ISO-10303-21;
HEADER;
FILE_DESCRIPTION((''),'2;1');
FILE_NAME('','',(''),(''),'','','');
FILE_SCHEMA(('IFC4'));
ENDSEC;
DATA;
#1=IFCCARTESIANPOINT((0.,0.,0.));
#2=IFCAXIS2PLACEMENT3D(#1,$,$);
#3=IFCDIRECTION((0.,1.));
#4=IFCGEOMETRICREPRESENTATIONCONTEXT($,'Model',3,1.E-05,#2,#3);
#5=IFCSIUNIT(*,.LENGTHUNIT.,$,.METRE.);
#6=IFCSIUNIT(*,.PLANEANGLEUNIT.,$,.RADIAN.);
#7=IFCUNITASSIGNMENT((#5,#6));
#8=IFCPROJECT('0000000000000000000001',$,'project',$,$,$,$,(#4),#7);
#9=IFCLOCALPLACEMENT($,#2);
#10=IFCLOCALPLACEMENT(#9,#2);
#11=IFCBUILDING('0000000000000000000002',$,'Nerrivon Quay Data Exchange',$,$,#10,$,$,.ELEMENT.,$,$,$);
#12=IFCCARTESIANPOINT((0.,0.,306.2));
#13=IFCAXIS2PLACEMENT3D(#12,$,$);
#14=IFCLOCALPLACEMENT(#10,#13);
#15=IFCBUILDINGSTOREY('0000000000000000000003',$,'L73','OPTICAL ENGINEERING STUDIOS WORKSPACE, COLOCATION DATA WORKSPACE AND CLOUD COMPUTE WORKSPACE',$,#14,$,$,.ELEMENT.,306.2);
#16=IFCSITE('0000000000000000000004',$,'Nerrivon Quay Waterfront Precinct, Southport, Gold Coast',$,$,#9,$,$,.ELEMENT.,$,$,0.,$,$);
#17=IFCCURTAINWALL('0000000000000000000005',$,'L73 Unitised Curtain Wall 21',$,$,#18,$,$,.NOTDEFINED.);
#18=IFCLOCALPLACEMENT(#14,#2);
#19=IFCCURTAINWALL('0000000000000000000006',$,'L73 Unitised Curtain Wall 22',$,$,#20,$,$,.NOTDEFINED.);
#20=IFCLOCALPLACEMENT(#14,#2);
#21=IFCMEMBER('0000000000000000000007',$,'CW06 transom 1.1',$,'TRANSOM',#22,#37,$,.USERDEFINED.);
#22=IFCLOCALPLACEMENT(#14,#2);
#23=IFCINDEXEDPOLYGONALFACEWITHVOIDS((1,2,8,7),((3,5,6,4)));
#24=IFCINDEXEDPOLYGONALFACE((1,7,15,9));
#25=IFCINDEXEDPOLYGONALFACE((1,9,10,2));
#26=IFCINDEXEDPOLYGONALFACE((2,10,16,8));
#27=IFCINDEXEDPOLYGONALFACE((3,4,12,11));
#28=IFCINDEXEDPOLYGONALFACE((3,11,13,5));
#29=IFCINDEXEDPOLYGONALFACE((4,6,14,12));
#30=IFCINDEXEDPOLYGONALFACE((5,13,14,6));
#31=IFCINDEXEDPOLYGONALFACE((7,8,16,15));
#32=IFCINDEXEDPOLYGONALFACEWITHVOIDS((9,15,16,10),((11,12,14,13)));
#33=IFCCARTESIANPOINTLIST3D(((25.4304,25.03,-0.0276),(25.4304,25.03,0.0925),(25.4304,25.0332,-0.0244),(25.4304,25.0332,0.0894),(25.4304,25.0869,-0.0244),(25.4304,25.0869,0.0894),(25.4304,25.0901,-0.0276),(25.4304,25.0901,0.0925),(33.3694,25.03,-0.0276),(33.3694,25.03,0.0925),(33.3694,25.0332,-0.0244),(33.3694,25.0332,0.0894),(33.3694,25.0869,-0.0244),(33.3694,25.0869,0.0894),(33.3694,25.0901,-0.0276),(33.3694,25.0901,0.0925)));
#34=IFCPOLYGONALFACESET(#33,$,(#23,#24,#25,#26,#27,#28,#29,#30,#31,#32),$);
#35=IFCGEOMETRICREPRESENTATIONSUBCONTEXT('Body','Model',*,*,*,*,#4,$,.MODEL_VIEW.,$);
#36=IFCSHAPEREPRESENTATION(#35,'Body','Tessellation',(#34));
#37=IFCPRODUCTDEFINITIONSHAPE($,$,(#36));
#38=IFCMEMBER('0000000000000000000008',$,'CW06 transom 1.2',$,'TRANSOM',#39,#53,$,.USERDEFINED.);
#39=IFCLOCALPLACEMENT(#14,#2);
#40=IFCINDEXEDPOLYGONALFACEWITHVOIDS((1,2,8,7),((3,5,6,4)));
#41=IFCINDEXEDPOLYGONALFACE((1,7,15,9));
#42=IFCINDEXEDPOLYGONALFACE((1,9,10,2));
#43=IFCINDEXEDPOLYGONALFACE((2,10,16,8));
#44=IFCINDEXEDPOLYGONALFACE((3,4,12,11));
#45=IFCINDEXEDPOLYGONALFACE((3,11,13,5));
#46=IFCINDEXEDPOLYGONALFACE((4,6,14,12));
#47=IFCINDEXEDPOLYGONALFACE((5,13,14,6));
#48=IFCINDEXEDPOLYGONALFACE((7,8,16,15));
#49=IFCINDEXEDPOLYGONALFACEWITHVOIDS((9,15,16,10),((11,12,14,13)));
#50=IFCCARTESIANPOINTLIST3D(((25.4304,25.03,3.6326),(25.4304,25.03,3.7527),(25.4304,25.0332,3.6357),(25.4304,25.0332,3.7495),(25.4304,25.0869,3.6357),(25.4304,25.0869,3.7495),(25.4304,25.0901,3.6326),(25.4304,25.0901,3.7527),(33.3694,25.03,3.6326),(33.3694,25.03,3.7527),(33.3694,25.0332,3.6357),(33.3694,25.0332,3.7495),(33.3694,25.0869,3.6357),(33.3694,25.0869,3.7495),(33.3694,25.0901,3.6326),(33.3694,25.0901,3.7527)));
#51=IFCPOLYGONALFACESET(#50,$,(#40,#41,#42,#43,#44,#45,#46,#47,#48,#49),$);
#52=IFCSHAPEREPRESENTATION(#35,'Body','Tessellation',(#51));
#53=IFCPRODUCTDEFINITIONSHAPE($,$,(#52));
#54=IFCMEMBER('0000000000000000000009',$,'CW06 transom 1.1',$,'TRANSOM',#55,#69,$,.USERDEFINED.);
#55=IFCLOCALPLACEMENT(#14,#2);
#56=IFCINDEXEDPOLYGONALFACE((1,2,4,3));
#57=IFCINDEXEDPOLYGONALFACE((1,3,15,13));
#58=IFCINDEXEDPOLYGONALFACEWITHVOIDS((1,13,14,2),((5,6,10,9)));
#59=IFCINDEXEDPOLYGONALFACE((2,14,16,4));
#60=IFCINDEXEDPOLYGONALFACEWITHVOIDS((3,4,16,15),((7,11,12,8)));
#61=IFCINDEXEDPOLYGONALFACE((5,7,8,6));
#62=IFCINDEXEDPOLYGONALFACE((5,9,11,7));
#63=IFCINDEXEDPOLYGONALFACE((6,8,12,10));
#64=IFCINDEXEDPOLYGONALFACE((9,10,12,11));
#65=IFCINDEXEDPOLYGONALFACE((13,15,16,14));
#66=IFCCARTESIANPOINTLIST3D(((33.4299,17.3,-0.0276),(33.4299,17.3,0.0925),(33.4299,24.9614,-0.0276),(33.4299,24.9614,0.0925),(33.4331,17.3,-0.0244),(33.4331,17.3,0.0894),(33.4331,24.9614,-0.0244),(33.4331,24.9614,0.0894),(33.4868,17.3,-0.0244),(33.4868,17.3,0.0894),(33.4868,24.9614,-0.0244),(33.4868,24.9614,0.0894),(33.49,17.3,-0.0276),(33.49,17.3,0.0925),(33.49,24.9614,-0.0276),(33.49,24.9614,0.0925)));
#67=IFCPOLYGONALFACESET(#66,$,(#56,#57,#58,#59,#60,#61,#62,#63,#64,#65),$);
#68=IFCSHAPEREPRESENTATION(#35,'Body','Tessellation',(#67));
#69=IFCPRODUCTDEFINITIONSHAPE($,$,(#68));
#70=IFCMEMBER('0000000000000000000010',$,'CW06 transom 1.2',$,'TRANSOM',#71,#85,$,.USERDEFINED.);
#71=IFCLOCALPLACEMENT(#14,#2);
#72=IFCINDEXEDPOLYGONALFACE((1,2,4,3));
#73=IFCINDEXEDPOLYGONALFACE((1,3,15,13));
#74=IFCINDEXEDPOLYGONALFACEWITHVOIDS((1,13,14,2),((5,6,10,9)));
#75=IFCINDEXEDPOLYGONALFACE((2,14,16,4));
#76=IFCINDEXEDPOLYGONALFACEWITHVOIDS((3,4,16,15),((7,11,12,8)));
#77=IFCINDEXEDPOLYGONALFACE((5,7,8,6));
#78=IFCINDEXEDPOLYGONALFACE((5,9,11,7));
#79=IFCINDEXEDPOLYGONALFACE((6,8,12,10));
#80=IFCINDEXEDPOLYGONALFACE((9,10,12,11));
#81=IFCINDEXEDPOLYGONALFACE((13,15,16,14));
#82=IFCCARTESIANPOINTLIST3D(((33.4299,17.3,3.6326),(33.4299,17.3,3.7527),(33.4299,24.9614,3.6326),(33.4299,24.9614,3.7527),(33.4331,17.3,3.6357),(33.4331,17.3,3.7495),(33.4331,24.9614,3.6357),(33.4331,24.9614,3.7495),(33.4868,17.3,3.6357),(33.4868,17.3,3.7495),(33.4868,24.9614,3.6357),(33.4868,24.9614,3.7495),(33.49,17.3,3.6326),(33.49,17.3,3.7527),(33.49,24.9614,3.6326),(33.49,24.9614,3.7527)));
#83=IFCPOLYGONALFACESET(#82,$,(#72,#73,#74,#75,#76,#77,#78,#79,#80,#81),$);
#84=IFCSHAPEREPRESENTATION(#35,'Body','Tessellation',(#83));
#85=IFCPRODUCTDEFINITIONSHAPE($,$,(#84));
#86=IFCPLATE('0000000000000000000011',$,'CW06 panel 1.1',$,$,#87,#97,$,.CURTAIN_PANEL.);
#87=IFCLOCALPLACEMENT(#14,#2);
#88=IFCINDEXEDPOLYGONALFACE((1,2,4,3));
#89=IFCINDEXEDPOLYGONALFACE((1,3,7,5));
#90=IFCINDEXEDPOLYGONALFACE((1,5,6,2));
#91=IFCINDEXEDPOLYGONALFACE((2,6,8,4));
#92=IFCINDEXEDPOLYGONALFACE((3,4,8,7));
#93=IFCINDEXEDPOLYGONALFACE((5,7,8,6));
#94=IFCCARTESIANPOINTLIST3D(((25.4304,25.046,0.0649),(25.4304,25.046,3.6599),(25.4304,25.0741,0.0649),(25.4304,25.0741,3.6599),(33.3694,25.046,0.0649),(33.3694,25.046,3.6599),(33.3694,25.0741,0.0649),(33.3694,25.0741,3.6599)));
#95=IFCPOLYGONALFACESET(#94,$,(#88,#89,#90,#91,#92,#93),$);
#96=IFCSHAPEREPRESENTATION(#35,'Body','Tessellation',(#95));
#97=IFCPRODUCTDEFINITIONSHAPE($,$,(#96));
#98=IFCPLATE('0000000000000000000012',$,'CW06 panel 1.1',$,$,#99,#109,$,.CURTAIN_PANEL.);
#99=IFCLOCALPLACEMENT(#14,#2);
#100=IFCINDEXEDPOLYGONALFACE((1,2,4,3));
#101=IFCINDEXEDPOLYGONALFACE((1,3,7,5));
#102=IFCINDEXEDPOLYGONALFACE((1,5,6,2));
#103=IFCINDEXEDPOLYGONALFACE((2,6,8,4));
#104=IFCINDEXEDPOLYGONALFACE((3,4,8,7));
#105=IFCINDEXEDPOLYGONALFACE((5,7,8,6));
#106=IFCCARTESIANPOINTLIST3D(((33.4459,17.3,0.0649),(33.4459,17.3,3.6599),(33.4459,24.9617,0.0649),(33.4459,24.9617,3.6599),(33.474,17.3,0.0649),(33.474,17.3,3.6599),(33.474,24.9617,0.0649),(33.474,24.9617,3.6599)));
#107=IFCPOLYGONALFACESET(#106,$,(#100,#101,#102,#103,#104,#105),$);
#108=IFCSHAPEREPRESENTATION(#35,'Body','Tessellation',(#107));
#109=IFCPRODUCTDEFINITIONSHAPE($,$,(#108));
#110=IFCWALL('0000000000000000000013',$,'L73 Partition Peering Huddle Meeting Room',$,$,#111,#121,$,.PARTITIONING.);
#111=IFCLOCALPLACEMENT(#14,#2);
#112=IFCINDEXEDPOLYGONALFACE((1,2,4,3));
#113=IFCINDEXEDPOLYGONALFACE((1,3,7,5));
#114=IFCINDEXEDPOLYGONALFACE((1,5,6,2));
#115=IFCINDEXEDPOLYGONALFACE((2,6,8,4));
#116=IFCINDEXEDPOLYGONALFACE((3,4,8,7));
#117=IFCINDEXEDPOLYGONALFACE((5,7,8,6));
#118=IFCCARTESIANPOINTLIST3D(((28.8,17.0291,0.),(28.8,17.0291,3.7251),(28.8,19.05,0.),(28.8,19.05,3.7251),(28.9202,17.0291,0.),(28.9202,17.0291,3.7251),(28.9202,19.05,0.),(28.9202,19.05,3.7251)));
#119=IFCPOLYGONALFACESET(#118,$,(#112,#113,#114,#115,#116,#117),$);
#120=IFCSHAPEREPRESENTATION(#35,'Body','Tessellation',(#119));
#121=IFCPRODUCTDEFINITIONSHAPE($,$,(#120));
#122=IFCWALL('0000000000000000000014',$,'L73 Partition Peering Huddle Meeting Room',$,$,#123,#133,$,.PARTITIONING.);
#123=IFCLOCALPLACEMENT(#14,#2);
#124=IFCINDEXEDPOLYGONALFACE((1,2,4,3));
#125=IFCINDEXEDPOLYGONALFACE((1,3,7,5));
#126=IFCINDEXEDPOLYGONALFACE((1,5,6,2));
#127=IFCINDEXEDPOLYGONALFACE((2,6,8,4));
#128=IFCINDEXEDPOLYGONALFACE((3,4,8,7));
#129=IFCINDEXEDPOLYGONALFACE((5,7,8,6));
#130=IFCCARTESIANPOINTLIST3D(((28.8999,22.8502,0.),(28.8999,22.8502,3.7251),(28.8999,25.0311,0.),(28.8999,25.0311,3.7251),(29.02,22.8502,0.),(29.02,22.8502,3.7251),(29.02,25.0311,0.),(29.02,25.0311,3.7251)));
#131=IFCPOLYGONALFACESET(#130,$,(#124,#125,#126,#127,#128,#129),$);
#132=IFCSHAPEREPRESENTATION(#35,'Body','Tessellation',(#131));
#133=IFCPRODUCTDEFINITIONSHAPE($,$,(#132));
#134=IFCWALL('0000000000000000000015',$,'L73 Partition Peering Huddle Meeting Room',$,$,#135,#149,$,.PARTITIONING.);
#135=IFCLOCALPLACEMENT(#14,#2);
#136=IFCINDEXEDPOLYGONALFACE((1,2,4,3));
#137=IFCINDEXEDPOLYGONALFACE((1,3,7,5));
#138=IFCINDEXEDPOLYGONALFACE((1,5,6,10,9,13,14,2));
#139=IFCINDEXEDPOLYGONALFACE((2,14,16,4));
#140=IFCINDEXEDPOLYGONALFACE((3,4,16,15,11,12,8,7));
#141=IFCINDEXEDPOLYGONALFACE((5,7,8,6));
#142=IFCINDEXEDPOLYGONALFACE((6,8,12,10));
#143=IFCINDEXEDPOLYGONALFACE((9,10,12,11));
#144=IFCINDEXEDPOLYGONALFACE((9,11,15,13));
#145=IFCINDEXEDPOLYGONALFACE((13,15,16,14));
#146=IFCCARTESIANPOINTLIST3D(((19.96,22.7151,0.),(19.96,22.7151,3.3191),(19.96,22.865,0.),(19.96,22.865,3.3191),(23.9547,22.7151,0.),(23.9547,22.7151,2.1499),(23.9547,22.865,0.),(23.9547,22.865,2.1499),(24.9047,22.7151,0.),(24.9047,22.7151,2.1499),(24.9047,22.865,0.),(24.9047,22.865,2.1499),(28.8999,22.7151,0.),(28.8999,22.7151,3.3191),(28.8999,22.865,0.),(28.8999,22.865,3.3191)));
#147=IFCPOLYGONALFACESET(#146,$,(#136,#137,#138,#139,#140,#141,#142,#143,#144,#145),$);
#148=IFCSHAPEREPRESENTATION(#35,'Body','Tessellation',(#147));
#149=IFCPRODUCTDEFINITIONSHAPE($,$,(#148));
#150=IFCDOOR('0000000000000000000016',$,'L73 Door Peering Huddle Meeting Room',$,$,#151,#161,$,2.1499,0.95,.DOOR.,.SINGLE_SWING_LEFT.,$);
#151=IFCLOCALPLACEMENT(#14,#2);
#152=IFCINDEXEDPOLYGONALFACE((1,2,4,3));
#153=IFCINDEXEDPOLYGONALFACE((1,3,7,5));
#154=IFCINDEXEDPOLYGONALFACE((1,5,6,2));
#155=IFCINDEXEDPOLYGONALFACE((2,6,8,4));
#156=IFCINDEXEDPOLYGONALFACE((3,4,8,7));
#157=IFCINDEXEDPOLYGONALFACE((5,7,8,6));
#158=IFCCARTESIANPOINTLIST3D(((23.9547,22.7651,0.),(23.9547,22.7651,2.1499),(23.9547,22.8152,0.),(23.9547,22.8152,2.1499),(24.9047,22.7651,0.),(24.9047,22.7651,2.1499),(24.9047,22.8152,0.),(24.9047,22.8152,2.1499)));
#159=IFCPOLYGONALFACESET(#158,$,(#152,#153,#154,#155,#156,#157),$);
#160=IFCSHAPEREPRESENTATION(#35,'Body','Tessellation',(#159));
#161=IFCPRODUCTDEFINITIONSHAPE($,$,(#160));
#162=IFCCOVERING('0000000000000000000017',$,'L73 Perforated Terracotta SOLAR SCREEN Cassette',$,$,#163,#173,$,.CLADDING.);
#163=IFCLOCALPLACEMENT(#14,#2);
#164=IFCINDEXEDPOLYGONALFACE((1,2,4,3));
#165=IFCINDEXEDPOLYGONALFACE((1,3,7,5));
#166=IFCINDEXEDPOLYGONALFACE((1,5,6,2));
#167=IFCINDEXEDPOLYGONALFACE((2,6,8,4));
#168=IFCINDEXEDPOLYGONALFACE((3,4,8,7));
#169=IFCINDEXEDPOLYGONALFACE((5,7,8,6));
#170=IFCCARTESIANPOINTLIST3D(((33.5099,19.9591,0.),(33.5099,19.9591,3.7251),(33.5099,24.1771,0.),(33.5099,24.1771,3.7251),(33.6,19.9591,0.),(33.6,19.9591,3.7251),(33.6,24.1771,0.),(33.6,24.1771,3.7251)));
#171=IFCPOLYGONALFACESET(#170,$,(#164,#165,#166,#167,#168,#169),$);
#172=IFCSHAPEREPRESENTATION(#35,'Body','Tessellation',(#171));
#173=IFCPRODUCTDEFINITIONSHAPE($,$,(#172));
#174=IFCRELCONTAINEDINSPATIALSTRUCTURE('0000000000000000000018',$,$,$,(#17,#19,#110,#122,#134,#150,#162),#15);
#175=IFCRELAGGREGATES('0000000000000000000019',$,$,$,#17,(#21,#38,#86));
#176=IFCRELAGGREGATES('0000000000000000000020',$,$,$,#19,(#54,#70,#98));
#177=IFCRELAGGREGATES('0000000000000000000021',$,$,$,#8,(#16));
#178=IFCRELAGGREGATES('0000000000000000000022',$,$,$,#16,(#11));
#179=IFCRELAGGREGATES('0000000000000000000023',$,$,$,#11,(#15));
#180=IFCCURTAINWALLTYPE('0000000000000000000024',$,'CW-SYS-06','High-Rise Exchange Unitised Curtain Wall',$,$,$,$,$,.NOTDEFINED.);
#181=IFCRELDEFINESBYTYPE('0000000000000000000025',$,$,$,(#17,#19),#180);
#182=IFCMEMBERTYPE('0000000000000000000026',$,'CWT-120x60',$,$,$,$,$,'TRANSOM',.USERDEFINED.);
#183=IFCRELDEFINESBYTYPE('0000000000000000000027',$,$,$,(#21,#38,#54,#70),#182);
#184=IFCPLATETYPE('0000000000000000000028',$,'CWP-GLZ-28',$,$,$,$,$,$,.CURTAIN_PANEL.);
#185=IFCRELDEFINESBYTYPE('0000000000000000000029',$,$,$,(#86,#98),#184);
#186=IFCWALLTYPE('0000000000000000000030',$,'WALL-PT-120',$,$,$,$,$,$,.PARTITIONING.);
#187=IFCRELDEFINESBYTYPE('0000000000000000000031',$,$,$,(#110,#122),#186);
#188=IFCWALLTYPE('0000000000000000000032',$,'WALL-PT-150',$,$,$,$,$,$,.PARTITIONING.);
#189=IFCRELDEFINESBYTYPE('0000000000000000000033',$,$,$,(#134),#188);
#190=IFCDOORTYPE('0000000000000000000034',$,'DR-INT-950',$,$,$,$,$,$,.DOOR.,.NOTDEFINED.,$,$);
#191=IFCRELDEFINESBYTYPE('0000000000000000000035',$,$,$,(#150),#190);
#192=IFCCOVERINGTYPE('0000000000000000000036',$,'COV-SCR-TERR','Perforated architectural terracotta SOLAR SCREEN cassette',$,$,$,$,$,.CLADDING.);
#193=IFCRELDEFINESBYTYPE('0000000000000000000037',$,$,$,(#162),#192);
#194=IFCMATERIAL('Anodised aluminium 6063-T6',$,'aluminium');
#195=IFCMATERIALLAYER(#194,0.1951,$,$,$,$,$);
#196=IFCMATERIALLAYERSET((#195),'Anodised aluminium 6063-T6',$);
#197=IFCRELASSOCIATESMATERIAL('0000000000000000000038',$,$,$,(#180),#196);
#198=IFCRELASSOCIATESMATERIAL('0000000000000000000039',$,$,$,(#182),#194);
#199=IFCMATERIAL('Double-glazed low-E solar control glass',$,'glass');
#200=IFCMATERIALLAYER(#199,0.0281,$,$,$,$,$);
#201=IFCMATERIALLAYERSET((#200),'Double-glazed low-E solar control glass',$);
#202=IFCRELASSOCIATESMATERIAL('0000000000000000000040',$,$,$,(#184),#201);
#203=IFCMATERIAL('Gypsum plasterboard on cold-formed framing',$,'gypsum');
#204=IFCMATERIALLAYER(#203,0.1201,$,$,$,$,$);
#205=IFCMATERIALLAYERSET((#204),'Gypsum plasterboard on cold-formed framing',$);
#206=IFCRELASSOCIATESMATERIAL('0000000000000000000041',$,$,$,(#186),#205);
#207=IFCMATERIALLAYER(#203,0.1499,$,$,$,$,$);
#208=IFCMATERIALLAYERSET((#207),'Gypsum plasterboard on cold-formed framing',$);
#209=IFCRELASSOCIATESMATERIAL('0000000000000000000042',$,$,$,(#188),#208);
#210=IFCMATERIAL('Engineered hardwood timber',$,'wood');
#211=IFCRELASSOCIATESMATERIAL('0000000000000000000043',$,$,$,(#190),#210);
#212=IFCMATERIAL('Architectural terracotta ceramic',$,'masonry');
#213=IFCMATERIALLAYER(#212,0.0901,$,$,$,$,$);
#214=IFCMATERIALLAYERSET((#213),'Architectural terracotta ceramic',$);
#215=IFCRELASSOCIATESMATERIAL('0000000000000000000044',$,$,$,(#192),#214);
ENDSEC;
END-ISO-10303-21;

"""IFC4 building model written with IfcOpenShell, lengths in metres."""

from ifc_helpers import new_model, si_unit, direction, frame, frame_2d, origin, origin_2d, place, context, subcontext, project, spatial, rectangle, hollow_rectangle, extrude, material, layer, layer_set, material_profile, profile_set, type_object, element, fill, aggregate, save


model = new_model("IFC4")

# Units and contexts
model_context = context("Model", 3, precision=1e-05, world=origin(), true_north=direction((0.0, 1.0)))
body_context = subcontext(model_context, "Body", "Model", "MODEL_VIEW")
ifc_project = project(units=[si_unit("LENGTHUNIT", "METRE"), si_unit("PLANEANGLEUNIT", "RADIAN")], contexts=[model_context])

# Site, building, storey
site_placement = place(None, origin())
site = spatial("IfcSite", under=ifc_project, at=site_placement, Name="Nerrivon Quay Waterfront Precinct, Southport, Gold Coast", CompositionType="ELEMENT", RefElevation=0.0)
building_placement = place(site_placement, origin())
building = spatial("IfcBuilding", under=site, at=building_placement, Name="Nerrivon Quay Data Exchange", CompositionType="ELEMENT")
storey_placement = place(building_placement, frame((0.0, 0.0, 306.2)))
storey = spatial("IfcBuildingStorey", under=building, at=storey_placement, Name="L73", Description="OPTICAL ENGINEERING STUDIOS WORKSPACE, COLOCATION DATA WORKSPACE AND CLOUD COMPUTE WORKSPACE", CompositionType="ELEMENT", Elevation=306.2)

# Curtain walls
ifc_material_1 = material(Name="Anodised aluminium 6063-T6", Category="aluminium")
ifc_layer_1 = layer(ifc_material_1, 0.1951)
ifc_layer_set_1 = layer_set([ifc_layer_1], Name="Anodised aluminium 6063-T6")
curtain_wall_type = type_object("IfcCurtainWallType", Name="CW-SYS-06", Description="High-Rise Exchange Unitised Curtain Wall", PredefinedType="NOTDEFINED", material=ifc_layer_set_1)
curtain_wall_1_placement = place(storey_placement, origin())
curtain_wall_1 = element("IfcCurtainWall", 1, at=curtain_wall_1_placement, inside=storey, type_object=curtain_wall_type, Name="L73 Unitised Curtain Wall 21", PredefinedType="NOTDEFINED")
curtain_wall_2_placement = place(storey_placement, origin())
curtain_wall_2 = element("IfcCurtainWall", 2, at=curtain_wall_2_placement, inside=storey, type_object=curtain_wall_type, Name="L73 Unitised Curtain Wall 22", PredefinedType="NOTDEFINED")

# Members
ifc_material_profile_1 = material_profile(ifc_material_1, hollow_rectangle(XDim=0.0601, YDim=0.1201, WallThickness=0.0032, at=origin_2d()), Name="ALU-TRAN-120x60")
ifc_profile_set_1 = profile_set([ifc_material_profile_1], Name="Anodised aluminium 6063-T6")
member_type_1 = type_object("IfcMemberType", Name="CWT-120x60", ElementType="TRANSOM", PredefinedType="USERDEFINED", material=ifc_profile_set_1)
member_1_placement = place(storey_placement, frame((25.4304, 25.0601, 0.0325), z_axis=(1.0, 0.0, 0.0), x_axis=(0.0, 1.0, 0.0)))
member_1 = element("IfcMember", 3, at=member_1_placement, type_object=member_type_1, Name="CW06 transom 1.1", ObjectType="TRANSOM", PredefinedType="USERDEFINED", context=body_context, shape_type="SweptSolid", body=[
    extrude(hollow_rectangle(XDim=0.0601, YDim=0.1201, WallThickness=0.0032, at=origin_2d()), origin(), (0.0, 0.0, 1.0), 7.939),
])
member_2_placement = place(storey_placement, frame((25.4304, 25.0601, 3.6926), z_axis=(1.0, 0.0, 0.0), x_axis=(0.0, 1.0, 0.0)))
member_2 = element("IfcMember", 4, at=member_2_placement, type_object=member_type_1, Name="CW06 transom 1.2", ObjectType="TRANSOM", PredefinedType="USERDEFINED", context=body_context, shape_type="SweptSolid", body=[
    extrude(hollow_rectangle(XDim=0.0601, YDim=0.1201, WallThickness=0.0032, at=origin_2d()), origin(), (0.0, 0.0, 1.0), 7.939),
])
member_3_placement = place(storey_placement, frame((33.46, 24.9614, 0.0325), z_axis=(0.0, -1.0, 0.0), x_axis=(1.0, 0.0, 0.0)))
member_3 = element("IfcMember", 5, at=member_3_placement, type_object=member_type_1, Name="CW06 transom 1.1", ObjectType="TRANSOM", PredefinedType="USERDEFINED", context=body_context, shape_type="SweptSolid", body=[
    extrude(hollow_rectangle(XDim=0.0601, YDim=0.1201, WallThickness=0.0032, at=origin_2d()), origin(), (0.0, 0.0, 1.0), 7.6614),
])
member_4_placement = place(storey_placement, frame((33.46, 24.9614, 3.6926), z_axis=(0.0, -1.0, 0.0), x_axis=(1.0, 0.0, 0.0)))
member_4 = element("IfcMember", 6, at=member_4_placement, type_object=member_type_1, Name="CW06 transom 1.2", ObjectType="TRANSOM", PredefinedType="USERDEFINED", context=body_context, shape_type="SweptSolid", body=[
    extrude(hollow_rectangle(XDim=0.0601, YDim=0.1201, WallThickness=0.0032, at=origin_2d()), origin(), (0.0, 0.0, 1.0), 7.6614),
])

# Plates
ifc_material_2 = material(Name="Double-glazed low-E solar control glass", Category="glass")
ifc_layer_2 = layer(ifc_material_2, 0.0281)
ifc_layer_set_2 = layer_set([ifc_layer_2], Name="Double-glazed low-E solar control glass")
plate_type = type_object("IfcPlateType", Name="CWP-GLZ-28", PredefinedType="CURTAIN_PANEL", material=ifc_layer_set_2)
plate_1_placement = place(storey_placement, frame((29.3999, 25.0601, 0.0649), z_axis=(0.0, 0.0, 1.0), x_axis=(1.0, 0.0, 0.0)))
plate_1 = element("IfcPlate", 7, at=plate_1_placement, type_object=plate_type, Name="CW06 panel 1.1", PredefinedType="CURTAIN_PANEL", context=body_context, shape_type="SweptSolid", body=[
    extrude(rectangle(XDim=7.939, YDim=0.0281, at=origin_2d()), origin(), (0.0, 0.0, 1.0), 3.595),
])
aggregate(curtain_wall_1, [member_1, member_2, plate_1])
plate_2_placement = place(storey_placement, frame((33.46, 21.1309, 0.0649), z_axis=(0.0, 0.0, 1.0), x_axis=(0.0, -1.0, 0.0)))
plate_2 = element("IfcPlate", 8, at=plate_2_placement, type_object=plate_type, Name="CW06 panel 1.1", PredefinedType="CURTAIN_PANEL", context=body_context, shape_type="SweptSolid", body=[
    extrude(rectangle(XDim=7.6616, YDim=0.0281, at=origin_2d()), origin(), (0.0, 0.0, 1.0), 3.595),
])
aggregate(curtain_wall_2, [member_3, member_4, plate_2])

# Walls
ifc_material_3 = material(Name="Gypsum plasterboard on cold-formed framing", Category="gypsum")
ifc_layer_3 = layer(ifc_material_3, 0.1201)
ifc_layer_set_3 = layer_set([ifc_layer_3], Name="Gypsum plasterboard on cold-formed framing")
wall_type_1 = type_object("IfcWallType", Name="WALL-PT-120", PredefinedType="PARTITIONING", material=ifc_layer_set_3)
wall_1_placement = place(storey_placement, frame((28.8601, 19.05, 0.0), z_axis=(0.0, 0.0, 1.0), x_axis=(0.0, -1.0, 0.0)))
element("IfcWall", 9, at=wall_1_placement, inside=storey, type_object=wall_type_1, Name="L73 Partition Peering Huddle Meeting Room", PredefinedType="PARTITIONING", context=body_context, shape_type="SweptSolid", body=[
    extrude(rectangle(XDim=2.021, YDim=0.1201, at=frame_2d((1.0105, 0.0))), origin(), (0.0, 0.0, 1.0), 3.7251),
])
wall_2_placement = place(storey_placement, frame((28.96, 25.031, 0.0), z_axis=(0.0, 0.0, 1.0), x_axis=(0.0, -1.0, 0.0)))
element("IfcWall", 10, at=wall_2_placement, inside=storey, type_object=wall_type_1, Name="L73 Partition Peering Huddle Meeting Room", PredefinedType="PARTITIONING", context=body_context, shape_type="SweptSolid", body=[
    extrude(rectangle(XDim=2.1809, YDim=0.1201, at=frame_2d((1.0903, 0.0))), origin(), (0.0, 0.0, 1.0), 3.7251),
])

# Wall, opening, door
ifc_layer_4 = layer(ifc_material_3, 0.1499)
ifc_layer_set_4 = layer_set([ifc_layer_4], Name="Gypsum plasterboard on cold-formed framing")
wall_type_2 = type_object("IfcWallType", Name="WALL-PT-150", PredefinedType="PARTITIONING", material=ifc_layer_set_4)
wall_3_placement = place(storey_placement, frame((28.8999, 22.79, 0.0), z_axis=(0.0, 0.0, 1.0), x_axis=(-1.0, 0.0, 0.0)))
wall_3 = element("IfcWall", 11, at=wall_3_placement, inside=storey, type_object=wall_type_2, Name="L73 Partition Peering Huddle Meeting Room", PredefinedType="PARTITIONING", context=body_context, shape_type="SweptSolid", body=[
    extrude(rectangle(XDim=8.9399, YDim=0.1499, at=frame_2d((4.47, 0.0))), origin(), (0.0, 0.0, 1.0), 3.3191),
])
opening_placement = place(wall_3_placement, frame((3.9951, 0.0, 0.0)))
opening = element("IfcOpeningElement", 12, at=opening_placement, cuts=wall_3, PredefinedType="OPENING", context=body_context, shape_type="SweptSolid", body=[
    extrude(rectangle(XDim=0.95, YDim=2.1499, at=frame_2d((0.4751, 1.075))), frame((0.0, 0.085, 0.0), z_axis=(0.0, -1.0, 0.0), x_axis=(1.0, 0.0, 0.0)), (0.0, 0.0, 1.0), 0.1699),
])
ifc_material_4 = material(Name="Engineered hardwood timber", Category="wood")
door_type = type_object("IfcDoorType", Name="DR-INT-950", OperationType="NOTDEFINED", PredefinedType="DOOR", material=ifc_material_4)
door_placement = place(opening_placement, origin())
door = element("IfcDoor", 13, at=door_placement, inside=storey, type_object=door_type, Name="L73 Door Peering Huddle Meeting Room", OperationType="SINGLE_SWING_LEFT", OverallHeight=2.1499, OverallWidth=0.95, PredefinedType="DOOR", context=body_context, shape_type="SweptSolid", body=[
    extrude(rectangle(XDim=0.95, YDim=2.1499, at=frame_2d((0.4751, 1.075))), frame((0.0, 0.0249, 0.0), z_axis=(0.0, -1.0, 0.0), x_axis=(1.0, 0.0, 0.0)), (0.0, 0.0, 1.0), 0.05),
])
fill(opening, door)

# Covering
ifc_material_5 = material(Name="Architectural terracotta ceramic", Category="masonry")
ifc_layer_5 = layer(ifc_material_5, 0.0901)
ifc_layer_set_5 = layer_set([ifc_layer_5], Name="Architectural terracotta ceramic")
covering_type = type_object("IfcCoveringType", Name="COV-SCR-TERR", Description="Perforated architectural terracotta SOLAR SCREEN cassette", PredefinedType="CLADDING", material=ifc_layer_set_5)
covering_placement = place(storey_placement, frame((33.5549, 22.0681, 0.0), z_axis=(0.0, 0.0, 1.0), x_axis=(0.0, -1.0, 0.0)))
element("IfcCovering", 14, at=covering_placement, inside=storey, type_object=covering_type, Name="L73 Perforated Terracotta SOLAR SCREEN Cassette", PredefinedType="CLADDING", context=body_context, shape_type="SweptSolid", body=[
    extrude(rectangle(XDim=4.218, YDim=0.0901, at=origin_2d()), origin(), (0.0, 0.0, 1.0), 3.7251),
])

save(model, "model.ifc")
